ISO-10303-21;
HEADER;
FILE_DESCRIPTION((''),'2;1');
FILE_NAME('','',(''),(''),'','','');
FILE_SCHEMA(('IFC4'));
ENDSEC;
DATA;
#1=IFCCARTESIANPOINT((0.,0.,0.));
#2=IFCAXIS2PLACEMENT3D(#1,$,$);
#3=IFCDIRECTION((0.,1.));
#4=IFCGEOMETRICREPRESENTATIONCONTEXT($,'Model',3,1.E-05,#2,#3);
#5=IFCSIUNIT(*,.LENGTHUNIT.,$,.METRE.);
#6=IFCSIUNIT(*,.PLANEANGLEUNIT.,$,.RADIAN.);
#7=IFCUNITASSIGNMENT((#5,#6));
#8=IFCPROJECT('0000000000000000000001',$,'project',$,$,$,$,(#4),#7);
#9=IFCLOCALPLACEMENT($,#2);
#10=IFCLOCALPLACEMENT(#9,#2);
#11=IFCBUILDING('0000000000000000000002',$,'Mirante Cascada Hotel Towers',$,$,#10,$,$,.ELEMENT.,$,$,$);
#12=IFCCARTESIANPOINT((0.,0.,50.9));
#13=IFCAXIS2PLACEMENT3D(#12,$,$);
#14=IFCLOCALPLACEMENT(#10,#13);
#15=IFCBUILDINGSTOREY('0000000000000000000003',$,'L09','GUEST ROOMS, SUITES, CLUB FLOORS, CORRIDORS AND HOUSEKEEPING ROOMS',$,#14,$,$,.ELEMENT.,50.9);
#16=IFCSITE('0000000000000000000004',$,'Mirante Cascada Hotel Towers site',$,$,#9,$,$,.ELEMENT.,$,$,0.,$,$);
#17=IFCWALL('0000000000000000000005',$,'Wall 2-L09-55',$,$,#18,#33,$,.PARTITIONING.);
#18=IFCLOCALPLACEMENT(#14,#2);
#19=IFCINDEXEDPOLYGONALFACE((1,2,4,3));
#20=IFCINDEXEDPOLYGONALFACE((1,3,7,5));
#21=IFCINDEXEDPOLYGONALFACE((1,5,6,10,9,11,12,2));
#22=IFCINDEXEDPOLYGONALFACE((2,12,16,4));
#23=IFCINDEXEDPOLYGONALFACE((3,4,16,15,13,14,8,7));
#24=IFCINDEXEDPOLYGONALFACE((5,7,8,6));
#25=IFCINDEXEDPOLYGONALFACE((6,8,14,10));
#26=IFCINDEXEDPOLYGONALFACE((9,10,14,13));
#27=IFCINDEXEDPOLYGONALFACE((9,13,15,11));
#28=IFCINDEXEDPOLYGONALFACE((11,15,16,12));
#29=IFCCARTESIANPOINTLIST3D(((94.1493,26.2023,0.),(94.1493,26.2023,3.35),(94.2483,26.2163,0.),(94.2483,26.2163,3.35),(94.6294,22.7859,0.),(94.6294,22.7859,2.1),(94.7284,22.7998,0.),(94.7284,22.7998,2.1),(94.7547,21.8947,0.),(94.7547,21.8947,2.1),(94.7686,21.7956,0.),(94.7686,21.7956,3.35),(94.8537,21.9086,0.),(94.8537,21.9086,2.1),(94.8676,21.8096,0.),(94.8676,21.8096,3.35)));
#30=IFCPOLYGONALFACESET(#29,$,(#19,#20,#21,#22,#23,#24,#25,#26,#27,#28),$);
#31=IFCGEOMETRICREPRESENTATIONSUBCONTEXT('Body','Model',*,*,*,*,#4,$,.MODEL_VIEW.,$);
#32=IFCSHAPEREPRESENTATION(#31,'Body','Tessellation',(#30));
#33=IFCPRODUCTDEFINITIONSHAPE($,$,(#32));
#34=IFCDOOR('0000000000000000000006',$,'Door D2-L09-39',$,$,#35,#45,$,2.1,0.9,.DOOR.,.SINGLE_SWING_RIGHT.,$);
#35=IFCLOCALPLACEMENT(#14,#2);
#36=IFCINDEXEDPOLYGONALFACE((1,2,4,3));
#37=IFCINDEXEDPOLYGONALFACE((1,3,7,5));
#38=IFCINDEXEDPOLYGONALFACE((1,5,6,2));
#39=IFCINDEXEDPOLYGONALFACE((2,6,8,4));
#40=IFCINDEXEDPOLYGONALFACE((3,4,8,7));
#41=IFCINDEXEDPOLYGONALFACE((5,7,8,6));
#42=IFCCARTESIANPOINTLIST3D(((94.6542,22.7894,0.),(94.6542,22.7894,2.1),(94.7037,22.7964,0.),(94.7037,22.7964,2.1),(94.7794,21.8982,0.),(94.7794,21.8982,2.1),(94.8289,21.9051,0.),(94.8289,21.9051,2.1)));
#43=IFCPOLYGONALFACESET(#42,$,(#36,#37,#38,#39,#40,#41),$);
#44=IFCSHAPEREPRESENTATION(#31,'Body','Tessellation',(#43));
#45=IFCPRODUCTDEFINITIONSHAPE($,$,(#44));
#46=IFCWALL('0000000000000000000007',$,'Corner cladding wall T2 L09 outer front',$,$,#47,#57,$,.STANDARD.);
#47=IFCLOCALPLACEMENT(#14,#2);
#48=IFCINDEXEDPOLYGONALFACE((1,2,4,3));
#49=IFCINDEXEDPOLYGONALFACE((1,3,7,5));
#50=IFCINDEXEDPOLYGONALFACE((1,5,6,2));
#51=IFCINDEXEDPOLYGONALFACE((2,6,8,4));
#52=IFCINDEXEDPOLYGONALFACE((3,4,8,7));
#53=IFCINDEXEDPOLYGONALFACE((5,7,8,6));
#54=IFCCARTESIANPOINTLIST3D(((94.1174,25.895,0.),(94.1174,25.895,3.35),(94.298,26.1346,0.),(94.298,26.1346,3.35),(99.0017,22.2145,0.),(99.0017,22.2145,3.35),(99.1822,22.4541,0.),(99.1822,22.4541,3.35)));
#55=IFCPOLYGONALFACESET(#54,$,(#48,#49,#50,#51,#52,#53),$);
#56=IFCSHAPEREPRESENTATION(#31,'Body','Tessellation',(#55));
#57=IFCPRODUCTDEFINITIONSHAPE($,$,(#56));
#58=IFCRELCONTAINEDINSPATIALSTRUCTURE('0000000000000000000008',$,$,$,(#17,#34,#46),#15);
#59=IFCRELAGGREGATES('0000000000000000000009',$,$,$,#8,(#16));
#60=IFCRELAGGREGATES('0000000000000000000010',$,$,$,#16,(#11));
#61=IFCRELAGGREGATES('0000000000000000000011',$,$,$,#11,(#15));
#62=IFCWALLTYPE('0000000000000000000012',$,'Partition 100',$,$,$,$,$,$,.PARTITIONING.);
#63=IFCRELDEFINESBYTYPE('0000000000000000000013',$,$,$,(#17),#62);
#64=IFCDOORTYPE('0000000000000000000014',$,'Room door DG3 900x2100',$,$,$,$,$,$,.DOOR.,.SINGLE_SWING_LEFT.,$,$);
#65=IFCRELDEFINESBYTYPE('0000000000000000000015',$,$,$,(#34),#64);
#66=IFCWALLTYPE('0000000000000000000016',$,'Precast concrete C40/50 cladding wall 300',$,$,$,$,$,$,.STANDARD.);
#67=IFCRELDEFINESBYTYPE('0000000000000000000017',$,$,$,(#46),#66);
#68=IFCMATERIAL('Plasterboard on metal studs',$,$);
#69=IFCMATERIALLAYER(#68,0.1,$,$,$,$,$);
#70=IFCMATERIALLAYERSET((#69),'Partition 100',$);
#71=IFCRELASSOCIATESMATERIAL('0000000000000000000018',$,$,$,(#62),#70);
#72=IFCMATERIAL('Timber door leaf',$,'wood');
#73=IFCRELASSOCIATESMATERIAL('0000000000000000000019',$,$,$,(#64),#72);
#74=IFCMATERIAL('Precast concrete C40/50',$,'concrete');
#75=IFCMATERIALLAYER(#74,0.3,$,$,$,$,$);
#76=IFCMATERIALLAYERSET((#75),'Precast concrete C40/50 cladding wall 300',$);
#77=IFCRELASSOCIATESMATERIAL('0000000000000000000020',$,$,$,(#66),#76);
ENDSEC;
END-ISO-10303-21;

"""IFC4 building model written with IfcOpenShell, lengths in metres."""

from ifc_helpers import new_model, si_unit, direction, frame, frame_2d, origin, place, context, subcontext, project, spatial, rectangle, extrude, material, layer, layer_set, type_object, element, fill, save


model = new_model("IFC4")

# Units and contexts
model_context = context("Model", 3, precision=1e-05, world=origin(), true_north=direction((0.0, 1.0)))
body_context = subcontext(model_context, "Body", "Model", "MODEL_VIEW")
ifc_project = project(units=[si_unit("LENGTHUNIT", "METRE"), si_unit("PLANEANGLEUNIT", "RADIAN")], contexts=[model_context])

# Site, building, storey
site_placement = place(None, origin())
site = spatial("IfcSite", under=ifc_project, at=site_placement, Name="Mirante Cascada Hotel Towers site", CompositionType="ELEMENT", RefElevation=0.0)
building_placement = place(site_placement, origin())
building = spatial("IfcBuilding", under=site, at=building_placement, Name="Mirante Cascada Hotel Towers", CompositionType="ELEMENT")
storey_placement = place(building_placement, frame((0.0, 0.0, 50.9)))
storey = spatial("IfcBuildingStorey", under=building, at=storey_placement, Name="L09", Description="GUEST ROOMS, SUITES, CLUB FLOORS, CORRIDORS AND HOUSEKEEPING ROOMS", CompositionType="ELEMENT", Elevation=50.9)

# Shared definitions
ifc_material_1 = material(Name="Plasterboard on metal studs")
ifc_layer_1 = layer(ifc_material_1, 0.1)
ifc_layer_set_1 = layer_set([ifc_layer_1], Name="Partition 100")
wall_type_1 = type_object("IfcWallType", Name="Partition 100", PredefinedType="PARTITIONING", material=ifc_layer_set_1)

# Wall, opening, door
wall_1_placement = place(storey_placement, frame((94.1988, 26.2093, 0.0), z_axis=(0.0, 0.0, 1.0), x_axis=(0.139168, -0.990269, 0.0)))
wall_1 = element("IfcWall", 1, at=wall_1_placement, inside=storey, type_object=wall_type_1, Name="Wall 2-L09-55", PredefinedType="PARTITIONING", context=body_context, shape_type="SweptSolid", body=[
    extrude(rectangle(XDim=4.45, YDim=0.1, at=frame_2d((2.225, 0.0))), origin(), (0.0, 0.0, 1.0), 3.35),
])
opening_placement = place(wall_1_placement, frame((3.45, 0.0, 0.0)))
opening = element("IfcOpeningElement", 2, at=opening_placement, cuts=wall_1, PredefinedType="OPENING", context=body_context, shape_type="SweptSolid", body=[
    extrude(rectangle(XDim=0.9, YDim=2.1, at=frame_2d((0.45, 1.05))), frame((0.0, 0.05, 0.0), z_axis=(0.0, -1.0, 0.0), x_axis=(1.0, 0.0, 0.0)), (0.0, 0.0, 1.0), 0.1),
])
ifc_material_2 = material(Name="Timber door leaf", Category="wood")
door_type = type_object("IfcDoorType", Name="Room door DG3 900x2100", OperationType="SINGLE_SWING_LEFT", PredefinedType="DOOR", material=ifc_material_2)
door_placement = place(opening_placement, frame((0.9, 0.0, 0.0), z_axis=(0.0, 0.0, 1.0), x_axis=(-1.0, 0.0, 0.0)))
door = element("IfcDoor", 3, at=door_placement, inside=storey, type_object=door_type, Name="Door D2-L09-39", OperationType="SINGLE_SWING_RIGHT", OverallHeight=2.1, OverallWidth=0.9, PredefinedType="DOOR", context=body_context, shape_type="SweptSolid", body=[
    extrude(rectangle(XDim=0.9, YDim=2.1, at=frame_2d((0.45, 1.05))), frame((0.0, 0.025, 0.0), z_axis=(0.0, -1.0, 0.0), x_axis=(1.0, 0.0, 0.0)), (0.0, 0.0, 1.0), 0.05),
])
fill(opening, door)

# Wall
ifc_material_3 = material(Name="Precast concrete C40/50", Category="concrete")
ifc_layer_2 = layer(ifc_material_3, 0.3)
ifc_layer_set_2 = layer_set([ifc_layer_2], Name="Precast concrete C40/50 cladding wall 300")
wall_type_2 = type_object("IfcWallType", Name="Precast concrete C40/50 cladding wall 300", PredefinedType="STANDARD", material=ifc_layer_set_2)
wall_2_placement = place(storey_placement, frame((99.0919, 22.3343, 0.0), z_axis=(0.0, 0.0, 1.0), x_axis=(-0.798636, 0.601814, 0.0)))
element("IfcWall", 4, at=wall_2_placement, inside=storey, type_object=wall_type_2, Name="Corner cladding wall T2 L09 outer front", PredefinedType="STANDARD", context=body_context, shape_type="SweptSolid", body=[
    extrude(rectangle(XDim=6.1157, YDim=0.3, at=frame_2d((3.0578, 0.0))), origin(), (0.0, 0.0, 1.0), 3.35),
])

save(model, "model.ifc")
